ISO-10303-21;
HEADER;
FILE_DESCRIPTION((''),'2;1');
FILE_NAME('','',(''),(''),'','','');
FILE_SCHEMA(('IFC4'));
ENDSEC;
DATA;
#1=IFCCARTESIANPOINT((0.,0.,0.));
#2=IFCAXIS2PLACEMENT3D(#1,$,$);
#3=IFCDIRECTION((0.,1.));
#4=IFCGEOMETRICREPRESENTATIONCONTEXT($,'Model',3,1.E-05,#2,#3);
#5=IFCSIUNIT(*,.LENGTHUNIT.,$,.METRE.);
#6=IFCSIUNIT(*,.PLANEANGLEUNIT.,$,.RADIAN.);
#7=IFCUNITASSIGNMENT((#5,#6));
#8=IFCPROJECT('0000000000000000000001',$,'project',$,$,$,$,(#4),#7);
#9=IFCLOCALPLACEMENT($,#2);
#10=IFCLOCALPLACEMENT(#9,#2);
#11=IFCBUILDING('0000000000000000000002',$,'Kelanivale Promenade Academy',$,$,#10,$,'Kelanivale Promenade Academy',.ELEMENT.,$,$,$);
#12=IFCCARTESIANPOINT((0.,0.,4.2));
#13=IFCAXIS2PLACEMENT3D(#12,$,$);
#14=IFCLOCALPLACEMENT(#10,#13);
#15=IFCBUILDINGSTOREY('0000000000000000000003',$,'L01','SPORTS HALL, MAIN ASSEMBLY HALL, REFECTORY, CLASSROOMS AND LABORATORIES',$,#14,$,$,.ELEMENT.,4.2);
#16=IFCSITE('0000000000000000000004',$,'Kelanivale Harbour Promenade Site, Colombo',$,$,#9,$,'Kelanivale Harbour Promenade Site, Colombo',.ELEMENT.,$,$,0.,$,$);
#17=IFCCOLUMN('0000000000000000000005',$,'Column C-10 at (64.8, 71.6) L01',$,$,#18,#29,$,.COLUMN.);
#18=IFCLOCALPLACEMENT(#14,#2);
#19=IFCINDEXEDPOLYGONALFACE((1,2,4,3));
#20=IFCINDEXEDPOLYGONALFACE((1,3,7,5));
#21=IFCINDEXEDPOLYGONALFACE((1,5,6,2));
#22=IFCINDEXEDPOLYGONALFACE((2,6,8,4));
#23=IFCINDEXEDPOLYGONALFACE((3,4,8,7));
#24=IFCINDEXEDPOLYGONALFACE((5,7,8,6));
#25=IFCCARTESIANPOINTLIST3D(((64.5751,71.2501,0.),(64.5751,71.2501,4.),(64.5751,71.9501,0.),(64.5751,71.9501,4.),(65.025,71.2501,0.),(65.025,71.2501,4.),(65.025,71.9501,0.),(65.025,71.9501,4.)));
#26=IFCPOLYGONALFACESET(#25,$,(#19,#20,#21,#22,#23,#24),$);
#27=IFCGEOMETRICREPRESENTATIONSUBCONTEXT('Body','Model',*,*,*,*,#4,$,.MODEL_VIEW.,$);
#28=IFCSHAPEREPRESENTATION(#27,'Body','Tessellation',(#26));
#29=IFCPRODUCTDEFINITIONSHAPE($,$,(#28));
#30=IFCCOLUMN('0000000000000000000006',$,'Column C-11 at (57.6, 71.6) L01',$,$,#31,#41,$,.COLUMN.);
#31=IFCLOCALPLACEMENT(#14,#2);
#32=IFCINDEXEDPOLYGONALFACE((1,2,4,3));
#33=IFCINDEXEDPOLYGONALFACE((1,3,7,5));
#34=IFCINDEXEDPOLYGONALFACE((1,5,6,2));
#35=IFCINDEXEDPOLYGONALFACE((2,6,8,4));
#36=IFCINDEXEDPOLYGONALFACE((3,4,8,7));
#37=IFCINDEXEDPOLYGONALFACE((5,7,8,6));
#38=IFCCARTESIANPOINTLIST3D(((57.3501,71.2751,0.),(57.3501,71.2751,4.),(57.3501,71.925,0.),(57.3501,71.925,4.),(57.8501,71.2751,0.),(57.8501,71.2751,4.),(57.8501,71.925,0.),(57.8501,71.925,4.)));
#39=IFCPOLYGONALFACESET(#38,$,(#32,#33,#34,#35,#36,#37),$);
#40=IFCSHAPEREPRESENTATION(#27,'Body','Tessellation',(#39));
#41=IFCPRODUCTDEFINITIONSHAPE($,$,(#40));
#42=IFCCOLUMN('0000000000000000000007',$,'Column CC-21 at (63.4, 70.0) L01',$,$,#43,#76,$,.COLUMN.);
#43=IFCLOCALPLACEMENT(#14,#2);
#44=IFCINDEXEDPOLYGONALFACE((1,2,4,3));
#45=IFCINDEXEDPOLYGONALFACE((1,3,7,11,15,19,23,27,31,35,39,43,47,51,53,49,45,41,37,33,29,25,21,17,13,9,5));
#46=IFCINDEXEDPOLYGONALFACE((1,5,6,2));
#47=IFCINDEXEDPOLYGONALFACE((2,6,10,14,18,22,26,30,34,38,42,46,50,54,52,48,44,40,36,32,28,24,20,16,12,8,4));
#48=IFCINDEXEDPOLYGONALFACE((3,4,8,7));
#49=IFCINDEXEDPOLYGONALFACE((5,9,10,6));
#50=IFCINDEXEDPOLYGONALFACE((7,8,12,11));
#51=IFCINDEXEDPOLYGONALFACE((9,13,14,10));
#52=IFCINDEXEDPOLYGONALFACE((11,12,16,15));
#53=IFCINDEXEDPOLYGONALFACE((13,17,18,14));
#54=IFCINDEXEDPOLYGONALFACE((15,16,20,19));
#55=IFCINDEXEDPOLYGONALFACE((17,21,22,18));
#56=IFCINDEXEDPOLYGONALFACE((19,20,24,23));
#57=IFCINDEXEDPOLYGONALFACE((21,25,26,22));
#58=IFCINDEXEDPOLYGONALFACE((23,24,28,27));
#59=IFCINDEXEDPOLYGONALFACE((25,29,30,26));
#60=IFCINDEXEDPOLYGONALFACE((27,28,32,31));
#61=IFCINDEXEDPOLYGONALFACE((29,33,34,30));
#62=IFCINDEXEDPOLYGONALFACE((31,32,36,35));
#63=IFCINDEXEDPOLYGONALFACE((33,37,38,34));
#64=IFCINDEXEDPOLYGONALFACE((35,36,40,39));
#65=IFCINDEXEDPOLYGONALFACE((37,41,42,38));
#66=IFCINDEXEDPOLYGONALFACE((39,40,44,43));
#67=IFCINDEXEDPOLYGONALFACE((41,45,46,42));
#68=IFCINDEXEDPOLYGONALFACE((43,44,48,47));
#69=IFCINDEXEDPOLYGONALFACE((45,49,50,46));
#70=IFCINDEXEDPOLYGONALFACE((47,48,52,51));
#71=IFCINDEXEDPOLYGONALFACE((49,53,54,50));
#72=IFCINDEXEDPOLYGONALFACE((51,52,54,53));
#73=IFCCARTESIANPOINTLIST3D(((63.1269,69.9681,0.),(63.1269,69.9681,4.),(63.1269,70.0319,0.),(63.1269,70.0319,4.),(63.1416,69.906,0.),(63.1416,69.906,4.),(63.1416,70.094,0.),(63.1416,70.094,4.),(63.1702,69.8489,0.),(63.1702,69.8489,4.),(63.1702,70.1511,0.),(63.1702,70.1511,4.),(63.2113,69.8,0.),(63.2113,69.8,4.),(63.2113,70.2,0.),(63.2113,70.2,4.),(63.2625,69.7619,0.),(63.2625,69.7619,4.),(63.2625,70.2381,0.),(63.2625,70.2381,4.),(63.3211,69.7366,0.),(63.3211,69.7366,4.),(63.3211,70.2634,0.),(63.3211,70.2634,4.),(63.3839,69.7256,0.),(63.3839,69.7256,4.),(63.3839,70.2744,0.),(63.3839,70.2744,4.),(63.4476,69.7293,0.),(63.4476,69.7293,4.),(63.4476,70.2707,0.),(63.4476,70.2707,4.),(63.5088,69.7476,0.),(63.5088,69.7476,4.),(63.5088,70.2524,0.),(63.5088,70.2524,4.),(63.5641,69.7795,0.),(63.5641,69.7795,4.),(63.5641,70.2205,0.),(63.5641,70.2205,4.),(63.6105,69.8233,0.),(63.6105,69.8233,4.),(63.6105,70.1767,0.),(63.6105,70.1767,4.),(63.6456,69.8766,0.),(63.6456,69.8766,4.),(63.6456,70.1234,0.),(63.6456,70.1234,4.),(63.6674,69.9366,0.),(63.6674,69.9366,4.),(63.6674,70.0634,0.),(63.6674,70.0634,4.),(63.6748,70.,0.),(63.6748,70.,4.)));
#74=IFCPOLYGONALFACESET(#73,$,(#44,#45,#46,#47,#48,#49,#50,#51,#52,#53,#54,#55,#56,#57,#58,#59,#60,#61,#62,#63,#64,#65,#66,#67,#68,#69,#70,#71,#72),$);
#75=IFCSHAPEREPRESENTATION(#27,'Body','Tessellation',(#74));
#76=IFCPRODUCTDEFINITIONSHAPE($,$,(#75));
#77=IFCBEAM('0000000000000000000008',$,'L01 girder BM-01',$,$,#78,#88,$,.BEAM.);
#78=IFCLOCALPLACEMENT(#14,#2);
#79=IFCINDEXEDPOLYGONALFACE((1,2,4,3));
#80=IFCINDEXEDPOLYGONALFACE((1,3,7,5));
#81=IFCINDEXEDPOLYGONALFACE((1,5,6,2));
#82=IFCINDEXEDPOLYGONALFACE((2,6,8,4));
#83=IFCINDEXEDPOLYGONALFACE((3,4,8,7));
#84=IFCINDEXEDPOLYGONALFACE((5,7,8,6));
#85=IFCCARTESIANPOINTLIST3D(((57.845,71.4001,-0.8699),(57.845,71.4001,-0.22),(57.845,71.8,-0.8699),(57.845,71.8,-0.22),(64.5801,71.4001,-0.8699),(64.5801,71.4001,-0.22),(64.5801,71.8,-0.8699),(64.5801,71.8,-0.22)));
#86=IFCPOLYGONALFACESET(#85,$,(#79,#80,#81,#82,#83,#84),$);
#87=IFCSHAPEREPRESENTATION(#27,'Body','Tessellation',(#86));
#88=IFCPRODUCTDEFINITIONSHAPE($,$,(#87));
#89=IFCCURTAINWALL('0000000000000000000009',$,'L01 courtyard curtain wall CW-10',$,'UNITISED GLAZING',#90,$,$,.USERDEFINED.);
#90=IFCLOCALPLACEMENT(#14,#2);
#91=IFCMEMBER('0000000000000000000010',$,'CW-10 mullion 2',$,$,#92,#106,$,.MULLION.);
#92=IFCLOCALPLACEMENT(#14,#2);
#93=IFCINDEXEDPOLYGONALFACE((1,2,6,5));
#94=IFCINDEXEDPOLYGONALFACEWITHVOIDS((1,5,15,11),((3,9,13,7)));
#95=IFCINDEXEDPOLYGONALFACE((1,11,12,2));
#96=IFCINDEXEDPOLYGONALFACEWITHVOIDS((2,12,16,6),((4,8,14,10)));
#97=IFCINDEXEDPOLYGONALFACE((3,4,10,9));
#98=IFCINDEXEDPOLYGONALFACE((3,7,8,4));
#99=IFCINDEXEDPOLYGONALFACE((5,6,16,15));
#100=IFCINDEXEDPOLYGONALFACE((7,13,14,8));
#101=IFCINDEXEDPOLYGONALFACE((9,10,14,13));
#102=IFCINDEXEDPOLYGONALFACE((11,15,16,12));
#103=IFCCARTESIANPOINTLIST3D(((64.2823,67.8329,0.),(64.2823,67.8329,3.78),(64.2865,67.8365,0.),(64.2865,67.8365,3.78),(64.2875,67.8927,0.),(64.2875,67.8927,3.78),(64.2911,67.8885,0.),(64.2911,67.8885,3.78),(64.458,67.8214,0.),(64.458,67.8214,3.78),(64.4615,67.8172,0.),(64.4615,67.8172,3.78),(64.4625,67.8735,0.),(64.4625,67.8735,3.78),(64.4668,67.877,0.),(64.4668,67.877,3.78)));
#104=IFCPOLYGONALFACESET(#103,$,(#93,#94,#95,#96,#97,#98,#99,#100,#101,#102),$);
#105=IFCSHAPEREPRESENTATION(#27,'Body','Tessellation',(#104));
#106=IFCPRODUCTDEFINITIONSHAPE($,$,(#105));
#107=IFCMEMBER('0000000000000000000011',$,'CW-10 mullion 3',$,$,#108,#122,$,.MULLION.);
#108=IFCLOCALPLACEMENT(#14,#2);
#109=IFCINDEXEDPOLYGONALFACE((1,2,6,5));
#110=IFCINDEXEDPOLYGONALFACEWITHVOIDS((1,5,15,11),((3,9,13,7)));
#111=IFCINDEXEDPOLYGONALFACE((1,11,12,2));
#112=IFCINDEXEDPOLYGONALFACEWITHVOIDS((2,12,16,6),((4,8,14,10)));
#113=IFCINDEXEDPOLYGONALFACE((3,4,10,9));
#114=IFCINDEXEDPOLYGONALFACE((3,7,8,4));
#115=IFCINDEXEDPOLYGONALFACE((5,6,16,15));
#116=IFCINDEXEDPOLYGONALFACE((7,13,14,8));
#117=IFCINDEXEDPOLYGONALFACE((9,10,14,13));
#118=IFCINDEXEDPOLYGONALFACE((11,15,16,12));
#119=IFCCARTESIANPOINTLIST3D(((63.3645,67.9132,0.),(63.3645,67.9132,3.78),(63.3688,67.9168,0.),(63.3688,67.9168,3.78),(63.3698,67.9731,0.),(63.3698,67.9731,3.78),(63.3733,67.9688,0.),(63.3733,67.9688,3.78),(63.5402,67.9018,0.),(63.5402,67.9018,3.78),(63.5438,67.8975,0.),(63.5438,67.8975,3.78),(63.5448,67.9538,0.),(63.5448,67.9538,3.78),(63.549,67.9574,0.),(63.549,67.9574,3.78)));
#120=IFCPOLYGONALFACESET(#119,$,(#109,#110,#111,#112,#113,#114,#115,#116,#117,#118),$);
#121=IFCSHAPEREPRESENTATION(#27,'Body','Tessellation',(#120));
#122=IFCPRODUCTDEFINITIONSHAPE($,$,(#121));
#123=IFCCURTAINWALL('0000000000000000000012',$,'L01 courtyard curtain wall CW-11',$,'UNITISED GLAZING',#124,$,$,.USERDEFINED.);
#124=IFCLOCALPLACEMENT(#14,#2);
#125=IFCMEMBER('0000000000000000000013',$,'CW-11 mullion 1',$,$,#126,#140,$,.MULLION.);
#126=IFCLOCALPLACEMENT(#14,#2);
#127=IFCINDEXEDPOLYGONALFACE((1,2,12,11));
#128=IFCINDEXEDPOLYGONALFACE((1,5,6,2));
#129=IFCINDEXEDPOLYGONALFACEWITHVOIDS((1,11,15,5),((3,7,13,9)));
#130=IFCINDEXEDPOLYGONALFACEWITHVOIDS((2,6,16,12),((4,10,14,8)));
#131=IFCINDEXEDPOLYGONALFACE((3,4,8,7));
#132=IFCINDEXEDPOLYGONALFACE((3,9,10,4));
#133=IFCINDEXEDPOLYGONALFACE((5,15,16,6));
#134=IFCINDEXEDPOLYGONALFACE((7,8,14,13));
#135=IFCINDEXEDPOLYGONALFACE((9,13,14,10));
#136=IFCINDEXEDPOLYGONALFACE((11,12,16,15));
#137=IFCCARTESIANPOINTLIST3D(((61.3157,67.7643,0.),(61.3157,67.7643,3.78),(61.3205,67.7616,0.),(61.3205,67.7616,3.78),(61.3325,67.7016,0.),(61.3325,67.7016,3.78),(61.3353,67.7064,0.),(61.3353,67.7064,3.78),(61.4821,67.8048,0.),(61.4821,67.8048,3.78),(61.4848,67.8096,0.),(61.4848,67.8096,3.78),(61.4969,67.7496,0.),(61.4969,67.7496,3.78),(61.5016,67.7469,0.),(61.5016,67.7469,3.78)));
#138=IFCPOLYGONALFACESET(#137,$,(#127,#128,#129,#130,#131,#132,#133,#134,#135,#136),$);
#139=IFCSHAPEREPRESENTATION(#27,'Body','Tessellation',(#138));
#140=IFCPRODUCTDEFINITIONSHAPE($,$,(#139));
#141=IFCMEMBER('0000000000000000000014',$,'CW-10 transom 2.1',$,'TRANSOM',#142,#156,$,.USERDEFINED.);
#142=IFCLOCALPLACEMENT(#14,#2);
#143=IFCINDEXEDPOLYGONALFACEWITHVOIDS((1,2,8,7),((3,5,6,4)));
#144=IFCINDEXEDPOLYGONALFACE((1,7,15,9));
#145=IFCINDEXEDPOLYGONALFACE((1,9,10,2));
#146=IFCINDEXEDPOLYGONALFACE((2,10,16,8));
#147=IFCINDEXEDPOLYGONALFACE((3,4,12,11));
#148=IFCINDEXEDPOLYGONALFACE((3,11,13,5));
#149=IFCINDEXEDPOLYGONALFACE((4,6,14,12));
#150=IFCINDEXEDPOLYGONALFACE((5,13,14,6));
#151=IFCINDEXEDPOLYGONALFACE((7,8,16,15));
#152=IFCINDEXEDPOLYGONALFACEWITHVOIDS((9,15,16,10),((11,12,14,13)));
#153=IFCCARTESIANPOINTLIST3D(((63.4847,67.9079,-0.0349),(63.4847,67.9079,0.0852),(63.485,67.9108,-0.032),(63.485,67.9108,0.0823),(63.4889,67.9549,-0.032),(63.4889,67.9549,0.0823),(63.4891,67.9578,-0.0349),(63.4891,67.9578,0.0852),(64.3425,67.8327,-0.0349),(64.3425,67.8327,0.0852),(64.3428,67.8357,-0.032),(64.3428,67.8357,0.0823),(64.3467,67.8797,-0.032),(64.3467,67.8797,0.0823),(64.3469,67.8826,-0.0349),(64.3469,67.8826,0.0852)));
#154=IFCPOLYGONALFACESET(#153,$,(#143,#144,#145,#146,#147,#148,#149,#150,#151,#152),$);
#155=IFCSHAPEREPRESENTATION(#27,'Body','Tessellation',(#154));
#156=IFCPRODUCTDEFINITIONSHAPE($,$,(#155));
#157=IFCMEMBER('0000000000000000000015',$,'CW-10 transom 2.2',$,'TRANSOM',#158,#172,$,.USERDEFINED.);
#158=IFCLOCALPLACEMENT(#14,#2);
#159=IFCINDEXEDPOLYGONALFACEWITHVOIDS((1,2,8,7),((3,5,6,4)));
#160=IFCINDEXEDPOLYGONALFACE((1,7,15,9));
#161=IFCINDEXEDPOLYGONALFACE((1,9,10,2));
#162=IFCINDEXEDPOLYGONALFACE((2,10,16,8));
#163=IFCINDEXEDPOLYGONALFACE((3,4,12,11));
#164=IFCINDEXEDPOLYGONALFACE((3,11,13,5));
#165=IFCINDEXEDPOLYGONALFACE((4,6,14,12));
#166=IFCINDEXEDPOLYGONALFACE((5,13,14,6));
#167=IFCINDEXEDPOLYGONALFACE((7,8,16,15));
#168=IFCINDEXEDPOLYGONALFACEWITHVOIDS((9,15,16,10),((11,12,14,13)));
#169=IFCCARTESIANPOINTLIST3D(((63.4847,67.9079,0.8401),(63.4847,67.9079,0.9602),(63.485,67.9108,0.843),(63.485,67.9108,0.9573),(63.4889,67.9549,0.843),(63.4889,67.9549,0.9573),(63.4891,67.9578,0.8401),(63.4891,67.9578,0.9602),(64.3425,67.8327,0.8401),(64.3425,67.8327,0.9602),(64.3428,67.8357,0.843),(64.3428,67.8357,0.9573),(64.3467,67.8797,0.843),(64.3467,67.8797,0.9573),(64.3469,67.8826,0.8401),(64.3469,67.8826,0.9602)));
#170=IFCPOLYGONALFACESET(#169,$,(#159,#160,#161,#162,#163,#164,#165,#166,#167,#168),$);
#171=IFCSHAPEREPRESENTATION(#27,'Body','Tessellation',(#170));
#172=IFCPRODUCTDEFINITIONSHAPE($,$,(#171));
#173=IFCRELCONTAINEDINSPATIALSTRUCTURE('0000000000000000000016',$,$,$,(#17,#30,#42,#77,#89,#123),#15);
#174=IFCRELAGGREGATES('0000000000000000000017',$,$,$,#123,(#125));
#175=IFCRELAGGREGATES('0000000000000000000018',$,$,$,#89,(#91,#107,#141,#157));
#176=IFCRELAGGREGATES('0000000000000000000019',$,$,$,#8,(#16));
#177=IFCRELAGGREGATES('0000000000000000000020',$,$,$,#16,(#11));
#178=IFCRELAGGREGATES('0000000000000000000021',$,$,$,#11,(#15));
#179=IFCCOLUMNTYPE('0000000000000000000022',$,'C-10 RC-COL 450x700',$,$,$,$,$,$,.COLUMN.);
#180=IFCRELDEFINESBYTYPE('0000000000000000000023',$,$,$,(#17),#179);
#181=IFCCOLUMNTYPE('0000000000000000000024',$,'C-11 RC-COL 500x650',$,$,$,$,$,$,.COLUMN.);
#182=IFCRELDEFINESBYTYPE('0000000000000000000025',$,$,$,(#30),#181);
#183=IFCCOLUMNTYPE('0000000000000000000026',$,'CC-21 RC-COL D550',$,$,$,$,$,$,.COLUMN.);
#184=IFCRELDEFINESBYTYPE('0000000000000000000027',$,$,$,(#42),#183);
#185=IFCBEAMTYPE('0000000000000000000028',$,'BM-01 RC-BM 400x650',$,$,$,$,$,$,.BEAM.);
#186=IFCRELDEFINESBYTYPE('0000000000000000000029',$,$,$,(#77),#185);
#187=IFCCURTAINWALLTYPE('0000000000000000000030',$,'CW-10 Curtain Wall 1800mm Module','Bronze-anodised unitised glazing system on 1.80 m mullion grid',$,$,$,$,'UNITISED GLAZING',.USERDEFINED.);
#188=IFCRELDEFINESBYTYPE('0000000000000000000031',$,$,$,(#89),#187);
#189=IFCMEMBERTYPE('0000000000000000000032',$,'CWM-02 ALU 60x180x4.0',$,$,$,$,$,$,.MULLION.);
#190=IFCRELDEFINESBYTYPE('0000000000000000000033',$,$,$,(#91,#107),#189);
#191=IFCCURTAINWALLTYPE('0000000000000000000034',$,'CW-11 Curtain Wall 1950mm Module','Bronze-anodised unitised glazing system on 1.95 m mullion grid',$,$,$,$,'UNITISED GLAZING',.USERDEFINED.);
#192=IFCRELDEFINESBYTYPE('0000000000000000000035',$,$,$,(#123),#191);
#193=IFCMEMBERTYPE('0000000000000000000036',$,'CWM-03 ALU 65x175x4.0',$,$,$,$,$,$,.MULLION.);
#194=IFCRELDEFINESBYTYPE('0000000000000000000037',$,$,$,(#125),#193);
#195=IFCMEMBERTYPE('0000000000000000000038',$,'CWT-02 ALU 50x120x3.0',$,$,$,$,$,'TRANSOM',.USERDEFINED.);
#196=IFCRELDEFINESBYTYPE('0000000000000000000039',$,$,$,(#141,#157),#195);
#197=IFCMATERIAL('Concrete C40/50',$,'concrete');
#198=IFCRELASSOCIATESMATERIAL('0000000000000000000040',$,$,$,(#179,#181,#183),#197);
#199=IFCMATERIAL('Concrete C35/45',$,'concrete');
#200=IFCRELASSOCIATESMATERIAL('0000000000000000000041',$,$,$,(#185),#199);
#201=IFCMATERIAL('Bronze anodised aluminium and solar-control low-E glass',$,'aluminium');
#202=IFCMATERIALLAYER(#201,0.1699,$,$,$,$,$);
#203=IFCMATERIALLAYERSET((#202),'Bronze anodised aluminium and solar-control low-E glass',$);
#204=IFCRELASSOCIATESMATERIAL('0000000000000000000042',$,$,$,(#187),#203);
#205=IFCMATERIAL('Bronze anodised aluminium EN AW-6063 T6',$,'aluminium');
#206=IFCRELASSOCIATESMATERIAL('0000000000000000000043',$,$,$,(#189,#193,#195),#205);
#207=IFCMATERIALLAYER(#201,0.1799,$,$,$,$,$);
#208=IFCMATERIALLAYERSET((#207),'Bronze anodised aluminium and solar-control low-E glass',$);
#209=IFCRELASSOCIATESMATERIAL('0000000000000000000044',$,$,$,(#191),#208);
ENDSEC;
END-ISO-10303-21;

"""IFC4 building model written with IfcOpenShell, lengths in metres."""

from ifc_helpers import new_model, si_unit, direction, frame, origin, origin_2d, place, context, subcontext, project, spatial, rectangle, hollow_rectangle, circle, extrude, material, layer, layer_set, material_profile, profile_set, type_object, element, aggregate, save


model = new_model("IFC4")

# Units and contexts
model_context = context("Model", 3, precision=1e-05, world=origin(), true_north=direction((0.0, 1.0)))
body_context = subcontext(model_context, "Body", "Model", "MODEL_VIEW")
ifc_project = project(units=[si_unit("LENGTHUNIT", "METRE"), si_unit("PLANEANGLEUNIT", "RADIAN")], contexts=[model_context])

# Site, building, storey
site_placement = place(None, origin())
site = spatial("IfcSite", under=ifc_project, at=site_placement, Name="Kelanivale Harbour Promenade Site, Colombo", LongName="Kelanivale Harbour Promenade Site, Colombo", CompositionType="ELEMENT", RefElevation=0.0)
building_placement = place(site_placement, origin())
building = spatial("IfcBuilding", under=site, at=building_placement, Name="Kelanivale Promenade Academy", LongName="Kelanivale Promenade Academy", CompositionType="ELEMENT")
storey_placement = place(building_placement, frame((0.0, 0.0, 4.2)))
storey = spatial("IfcBuildingStorey", under=building, at=storey_placement, Name="L01", Description="SPORTS HALL, MAIN ASSEMBLY HALL, REFECTORY, CLASSROOMS AND LABORATORIES", CompositionType="ELEMENT", Elevation=4.2)

# Columns
ifc_material_1 = material(Name="Concrete C40/50", Category="concrete")
ifc_material_profile_1 = material_profile(ifc_material_1, rectangle(XDim=0.45, YDim=0.7, at=origin_2d()), Name="RC-COL 450x700")
ifc_profile_set_1 = profile_set([ifc_material_profile_1], Name="Concrete C40/50")
column_type_1 = type_object("IfcColumnType", Name="C-10 RC-COL 450x700", PredefinedType="COLUMN", material=ifc_profile_set_1)
column_1_placement = place(storey_placement, frame((64.8, 71.6001, 0.0), z_axis=(0.0, 0.0, 1.0), x_axis=(1.0, 0.0, 0.0)))
element("IfcColumn", 1, at=column_1_placement, inside=storey, type_object=column_type_1, Name="Column C-10 at (64.8, 71.6) L01", PredefinedType="COLUMN", context=body_context, shape_type="SweptSolid", body=[
    extrude(rectangle(XDim=0.45, YDim=0.7, at=origin_2d()), origin(), (0.0, 0.0, 1.0), 4.0),
])
ifc_material_profile_2 = material_profile(ifc_material_1, rectangle(XDim=0.5, YDim=0.6499, at=origin_2d()), Name="RC-COL 500x650")
ifc_profile_set_2 = profile_set([ifc_material_profile_2], Name="Concrete C40/50")
column_type_2 = type_object("IfcColumnType", Name="C-11 RC-COL 500x650", PredefinedType="COLUMN", material=ifc_profile_set_2)
column_2_placement = place(storey_placement, frame((57.6001, 71.6001, 0.0), z_axis=(0.0, 0.0, 1.0), x_axis=(1.0, 0.0, 0.0)))
element("IfcColumn", 2, at=column_2_placement, inside=storey, type_object=column_type_2, Name="Column C-11 at (57.6, 71.6) L01", PredefinedType="COLUMN", context=body_context, shape_type="SweptSolid", body=[
    extrude(rectangle(XDim=0.5, YDim=0.6499, at=origin_2d()), origin(), (0.0, 0.0, 1.0), 4.0),
])
ifc_material_profile_3 = material_profile(ifc_material_1, circle(Radius=0.2749, at=origin_2d()), Name="RC-COL D550")
ifc_profile_set_3 = profile_set([ifc_material_profile_3], Name="Concrete C40/50")
column_type_3 = type_object("IfcColumnType", Name="CC-21 RC-COL D550", PredefinedType="COLUMN", material=ifc_profile_set_3)
column_3_placement = place(storey_placement, frame((63.3999, 70.0, 0.0), z_axis=(0.0, 0.0, 1.0), x_axis=(1.0, 0.0, 0.0)))
element("IfcColumn", 3, at=column_3_placement, inside=storey, type_object=column_type_3, Name="Column CC-21 at (63.4, 70.0) L01", PredefinedType="COLUMN", context=body_context, shape_type="SweptSolid", body=[
    extrude(circle(Radius=0.2749, at=origin_2d()), origin(), (0.0, 0.0, 1.0), 4.0),
])

# Beam
ifc_material_2 = material(Name="Concrete C35/45", Category="concrete")
ifc_material_profile_4 = material_profile(ifc_material_2, rectangle(XDim=0.3999, YDim=0.6499, at=origin_2d()), Name="RC-BM 400x650")
ifc_profile_set_4 = profile_set([ifc_material_profile_4], Name="Concrete C35/45")
beam_type = type_object("IfcBeamType", Name="BM-01 RC-BM 400x650", PredefinedType="BEAM", material=ifc_profile_set_4)
beam_placement = place(storey_placement, frame((57.845, 71.6001, -0.5449), z_axis=(1.0, 0.0, 0.0), x_axis=(0.0, 1.0, 0.0)))
element("IfcBeam", 4, at=beam_placement, inside=storey, type_object=beam_type, Name="L01 girder BM-01", PredefinedType="BEAM", context=body_context, shape_type="SweptSolid", body=[
    extrude(rectangle(XDim=0.3999, YDim=0.6499, at=origin_2d()), origin(), (0.0, 0.0, 1.0), 6.7351),
])

# Curtain wall, members
ifc_material_3 = material(Name="Bronze anodised aluminium and solar-control low-E glass", Category="aluminium")
ifc_layer_1 = layer(ifc_material_3, 0.1699)
ifc_layer_set_1 = layer_set([ifc_layer_1], Name="Bronze anodised aluminium and solar-control low-E glass")
curtain_wall_type_1 = type_object("IfcCurtainWallType", Name="CW-10 Curtain Wall 1800mm Module", Description="Bronze-anodised unitised glazing system on 1.80 m mullion grid", ElementType="UNITISED GLAZING", PredefinedType="USERDEFINED", material=ifc_layer_set_1)
curtain_wall_1_placement = place(storey_placement, origin())
curtain_wall_1 = element("IfcCurtainWall", 5, at=curtain_wall_1_placement, inside=storey, type_object=curtain_wall_type_1, Name="L01 courtyard curtain wall CW-10", ObjectType="UNITISED GLAZING", PredefinedType="USERDEFINED")
ifc_material_4 = material(Name="Bronze anodised aluminium EN AW-6063 T6", Category="aluminium")
ifc_material_profile_5 = material_profile(ifc_material_4, hollow_rectangle(XDim=0.0601, YDim=0.1799, WallThickness=0.0039, at=origin_2d()), Name="ALU 60x180x4.0")
ifc_profile_set_5 = profile_set([ifc_material_profile_5], Name="Bronze anodised aluminium EN AW-6063 T6")
member_type_1 = type_object("IfcMemberType", Name="CWM-02 ALU 60x180x4.0", PredefinedType="MULLION", material=ifc_profile_set_5)
member_1_placement = place(storey_placement, frame((64.3745, 67.855, 0.0), z_axis=(0.0, 0.0, 1.0), x_axis=(-0.087265, -0.996185, 0.0)))
member_1 = element("IfcMember", 6, at=member_1_placement, type_object=member_type_1, Name="CW-10 mullion 2", PredefinedType="MULLION", context=body_context, shape_type="SweptSolid", body=[
    extrude(hollow_rectangle(XDim=0.0601, YDim=0.1799, WallThickness=0.0039, at=origin_2d()), origin(), (0.0, 0.0, 1.0), 3.78),
])
member_2_placement = place(storey_placement, frame((63.4568, 67.9353, 0.0), z_axis=(0.0, 0.0, 1.0), x_axis=(-0.087265, -0.996185, 0.0)))
member_2 = element("IfcMember", 7, at=member_2_placement, type_object=member_type_1, Name="CW-10 mullion 3", PredefinedType="MULLION", context=body_context, shape_type="SweptSolid", body=[
    extrude(hollow_rectangle(XDim=0.0601, YDim=0.1799, WallThickness=0.0039, at=origin_2d()), origin(), (0.0, 0.0, 1.0), 3.78),
])

# Curtain wall, member
ifc_layer_2 = layer(ifc_material_3, 0.1799)
ifc_layer_set_2 = layer_set([ifc_layer_2], Name="Bronze anodised aluminium and solar-control low-E glass")
curtain_wall_type_2 = type_object("IfcCurtainWallType", Name="CW-11 Curtain Wall 1950mm Module", Description="Bronze-anodised unitised glazing system on 1.95 m mullion grid", ElementType="UNITISED GLAZING", PredefinedType="USERDEFINED", material=ifc_layer_set_2)
curtain_wall_2_placement = place(storey_placement, origin())
curtain_wall_2 = element("IfcCurtainWall", 8, at=curtain_wall_2_placement, inside=storey, type_object=curtain_wall_type_2, Name="L01 courtyard curtain wall CW-11", ObjectType="UNITISED GLAZING", PredefinedType="USERDEFINED")
ifc_material_profile_6 = material_profile(ifc_material_4, hollow_rectangle(XDim=0.0649, YDim=0.175, WallThickness=0.0039, at=origin_2d()), Name="ALU 65x175x4.0")
ifc_profile_set_6 = profile_set([ifc_material_profile_6], Name="Bronze anodised aluminium EN AW-6063 T6")
member_type_2 = type_object("IfcMemberType", Name="CWM-03 ALU 65x175x4.0", PredefinedType="MULLION", material=ifc_profile_set_6)
member_3_placement = place(storey_placement, frame((61.4087, 67.7556, 0.0), z_axis=(0.0, 0.0, 1.0), x_axis=(0.258578, -0.96599, 0.0)))
member_3 = element("IfcMember", 9, at=member_3_placement, type_object=member_type_2, Name="CW-11 mullion 1", PredefinedType="MULLION", context=body_context, shape_type="SweptSolid", body=[
    extrude(hollow_rectangle(XDim=0.0649, YDim=0.175, WallThickness=0.0039, at=origin_2d()), origin(), (0.0, 0.0, 1.0), 3.78),
])
aggregate(curtain_wall_2, [member_3])

# Members
ifc_material_profile_7 = material_profile(ifc_material_4, hollow_rectangle(XDim=0.05, YDim=0.1201, WallThickness=0.0029, at=origin_2d()), Name="ALU 50x120x3.0")
ifc_profile_set_7 = profile_set([ifc_material_profile_7], Name="Bronze anodised aluminium EN AW-6063 T6")
member_type_3 = type_object("IfcMemberType", Name="CWT-02 ALU 50x120x3.0", ElementType="TRANSOM", PredefinedType="USERDEFINED", material=ifc_profile_set_7)
member_4_placement = place(storey_placement, frame((64.3447, 67.8577, 0.0251), z_axis=(-0.996181, 0.087315, 0.0), x_axis=(-0.087315, -0.996181, 0.0)))
member_4 = element("IfcMember", 10, at=member_4_placement, type_object=member_type_3, Name="CW-10 transom 2.1", ObjectType="TRANSOM", PredefinedType="USERDEFINED", context=body_context, shape_type="SweptSolid", body=[
    extrude(hollow_rectangle(XDim=0.05, YDim=0.1201, WallThickness=0.0029, at=origin_2d()), origin(), (0.0, 0.0, 1.0), 0.8611),
])
member_5_placement = place(storey_placement, frame((64.3447, 67.8577, 0.9001), z_axis=(-0.996181, 0.087315, 0.0), x_axis=(-0.087315, -0.996181, 0.0)))
member_5 = element("IfcMember", 11, at=member_5_placement, type_object=member_type_3, Name="CW-10 transom 2.2", ObjectType="TRANSOM", PredefinedType="USERDEFINED", context=body_context, shape_type="SweptSolid", body=[
    extrude(hollow_rectangle(XDim=0.05, YDim=0.1201, WallThickness=0.0029, at=origin_2d()), origin(), (0.0, 0.0, 1.0), 0.8611),
])

aggregate(curtain_wall_1, [member_1, member_2, member_4, member_5])

save(model, "model.ifc")
